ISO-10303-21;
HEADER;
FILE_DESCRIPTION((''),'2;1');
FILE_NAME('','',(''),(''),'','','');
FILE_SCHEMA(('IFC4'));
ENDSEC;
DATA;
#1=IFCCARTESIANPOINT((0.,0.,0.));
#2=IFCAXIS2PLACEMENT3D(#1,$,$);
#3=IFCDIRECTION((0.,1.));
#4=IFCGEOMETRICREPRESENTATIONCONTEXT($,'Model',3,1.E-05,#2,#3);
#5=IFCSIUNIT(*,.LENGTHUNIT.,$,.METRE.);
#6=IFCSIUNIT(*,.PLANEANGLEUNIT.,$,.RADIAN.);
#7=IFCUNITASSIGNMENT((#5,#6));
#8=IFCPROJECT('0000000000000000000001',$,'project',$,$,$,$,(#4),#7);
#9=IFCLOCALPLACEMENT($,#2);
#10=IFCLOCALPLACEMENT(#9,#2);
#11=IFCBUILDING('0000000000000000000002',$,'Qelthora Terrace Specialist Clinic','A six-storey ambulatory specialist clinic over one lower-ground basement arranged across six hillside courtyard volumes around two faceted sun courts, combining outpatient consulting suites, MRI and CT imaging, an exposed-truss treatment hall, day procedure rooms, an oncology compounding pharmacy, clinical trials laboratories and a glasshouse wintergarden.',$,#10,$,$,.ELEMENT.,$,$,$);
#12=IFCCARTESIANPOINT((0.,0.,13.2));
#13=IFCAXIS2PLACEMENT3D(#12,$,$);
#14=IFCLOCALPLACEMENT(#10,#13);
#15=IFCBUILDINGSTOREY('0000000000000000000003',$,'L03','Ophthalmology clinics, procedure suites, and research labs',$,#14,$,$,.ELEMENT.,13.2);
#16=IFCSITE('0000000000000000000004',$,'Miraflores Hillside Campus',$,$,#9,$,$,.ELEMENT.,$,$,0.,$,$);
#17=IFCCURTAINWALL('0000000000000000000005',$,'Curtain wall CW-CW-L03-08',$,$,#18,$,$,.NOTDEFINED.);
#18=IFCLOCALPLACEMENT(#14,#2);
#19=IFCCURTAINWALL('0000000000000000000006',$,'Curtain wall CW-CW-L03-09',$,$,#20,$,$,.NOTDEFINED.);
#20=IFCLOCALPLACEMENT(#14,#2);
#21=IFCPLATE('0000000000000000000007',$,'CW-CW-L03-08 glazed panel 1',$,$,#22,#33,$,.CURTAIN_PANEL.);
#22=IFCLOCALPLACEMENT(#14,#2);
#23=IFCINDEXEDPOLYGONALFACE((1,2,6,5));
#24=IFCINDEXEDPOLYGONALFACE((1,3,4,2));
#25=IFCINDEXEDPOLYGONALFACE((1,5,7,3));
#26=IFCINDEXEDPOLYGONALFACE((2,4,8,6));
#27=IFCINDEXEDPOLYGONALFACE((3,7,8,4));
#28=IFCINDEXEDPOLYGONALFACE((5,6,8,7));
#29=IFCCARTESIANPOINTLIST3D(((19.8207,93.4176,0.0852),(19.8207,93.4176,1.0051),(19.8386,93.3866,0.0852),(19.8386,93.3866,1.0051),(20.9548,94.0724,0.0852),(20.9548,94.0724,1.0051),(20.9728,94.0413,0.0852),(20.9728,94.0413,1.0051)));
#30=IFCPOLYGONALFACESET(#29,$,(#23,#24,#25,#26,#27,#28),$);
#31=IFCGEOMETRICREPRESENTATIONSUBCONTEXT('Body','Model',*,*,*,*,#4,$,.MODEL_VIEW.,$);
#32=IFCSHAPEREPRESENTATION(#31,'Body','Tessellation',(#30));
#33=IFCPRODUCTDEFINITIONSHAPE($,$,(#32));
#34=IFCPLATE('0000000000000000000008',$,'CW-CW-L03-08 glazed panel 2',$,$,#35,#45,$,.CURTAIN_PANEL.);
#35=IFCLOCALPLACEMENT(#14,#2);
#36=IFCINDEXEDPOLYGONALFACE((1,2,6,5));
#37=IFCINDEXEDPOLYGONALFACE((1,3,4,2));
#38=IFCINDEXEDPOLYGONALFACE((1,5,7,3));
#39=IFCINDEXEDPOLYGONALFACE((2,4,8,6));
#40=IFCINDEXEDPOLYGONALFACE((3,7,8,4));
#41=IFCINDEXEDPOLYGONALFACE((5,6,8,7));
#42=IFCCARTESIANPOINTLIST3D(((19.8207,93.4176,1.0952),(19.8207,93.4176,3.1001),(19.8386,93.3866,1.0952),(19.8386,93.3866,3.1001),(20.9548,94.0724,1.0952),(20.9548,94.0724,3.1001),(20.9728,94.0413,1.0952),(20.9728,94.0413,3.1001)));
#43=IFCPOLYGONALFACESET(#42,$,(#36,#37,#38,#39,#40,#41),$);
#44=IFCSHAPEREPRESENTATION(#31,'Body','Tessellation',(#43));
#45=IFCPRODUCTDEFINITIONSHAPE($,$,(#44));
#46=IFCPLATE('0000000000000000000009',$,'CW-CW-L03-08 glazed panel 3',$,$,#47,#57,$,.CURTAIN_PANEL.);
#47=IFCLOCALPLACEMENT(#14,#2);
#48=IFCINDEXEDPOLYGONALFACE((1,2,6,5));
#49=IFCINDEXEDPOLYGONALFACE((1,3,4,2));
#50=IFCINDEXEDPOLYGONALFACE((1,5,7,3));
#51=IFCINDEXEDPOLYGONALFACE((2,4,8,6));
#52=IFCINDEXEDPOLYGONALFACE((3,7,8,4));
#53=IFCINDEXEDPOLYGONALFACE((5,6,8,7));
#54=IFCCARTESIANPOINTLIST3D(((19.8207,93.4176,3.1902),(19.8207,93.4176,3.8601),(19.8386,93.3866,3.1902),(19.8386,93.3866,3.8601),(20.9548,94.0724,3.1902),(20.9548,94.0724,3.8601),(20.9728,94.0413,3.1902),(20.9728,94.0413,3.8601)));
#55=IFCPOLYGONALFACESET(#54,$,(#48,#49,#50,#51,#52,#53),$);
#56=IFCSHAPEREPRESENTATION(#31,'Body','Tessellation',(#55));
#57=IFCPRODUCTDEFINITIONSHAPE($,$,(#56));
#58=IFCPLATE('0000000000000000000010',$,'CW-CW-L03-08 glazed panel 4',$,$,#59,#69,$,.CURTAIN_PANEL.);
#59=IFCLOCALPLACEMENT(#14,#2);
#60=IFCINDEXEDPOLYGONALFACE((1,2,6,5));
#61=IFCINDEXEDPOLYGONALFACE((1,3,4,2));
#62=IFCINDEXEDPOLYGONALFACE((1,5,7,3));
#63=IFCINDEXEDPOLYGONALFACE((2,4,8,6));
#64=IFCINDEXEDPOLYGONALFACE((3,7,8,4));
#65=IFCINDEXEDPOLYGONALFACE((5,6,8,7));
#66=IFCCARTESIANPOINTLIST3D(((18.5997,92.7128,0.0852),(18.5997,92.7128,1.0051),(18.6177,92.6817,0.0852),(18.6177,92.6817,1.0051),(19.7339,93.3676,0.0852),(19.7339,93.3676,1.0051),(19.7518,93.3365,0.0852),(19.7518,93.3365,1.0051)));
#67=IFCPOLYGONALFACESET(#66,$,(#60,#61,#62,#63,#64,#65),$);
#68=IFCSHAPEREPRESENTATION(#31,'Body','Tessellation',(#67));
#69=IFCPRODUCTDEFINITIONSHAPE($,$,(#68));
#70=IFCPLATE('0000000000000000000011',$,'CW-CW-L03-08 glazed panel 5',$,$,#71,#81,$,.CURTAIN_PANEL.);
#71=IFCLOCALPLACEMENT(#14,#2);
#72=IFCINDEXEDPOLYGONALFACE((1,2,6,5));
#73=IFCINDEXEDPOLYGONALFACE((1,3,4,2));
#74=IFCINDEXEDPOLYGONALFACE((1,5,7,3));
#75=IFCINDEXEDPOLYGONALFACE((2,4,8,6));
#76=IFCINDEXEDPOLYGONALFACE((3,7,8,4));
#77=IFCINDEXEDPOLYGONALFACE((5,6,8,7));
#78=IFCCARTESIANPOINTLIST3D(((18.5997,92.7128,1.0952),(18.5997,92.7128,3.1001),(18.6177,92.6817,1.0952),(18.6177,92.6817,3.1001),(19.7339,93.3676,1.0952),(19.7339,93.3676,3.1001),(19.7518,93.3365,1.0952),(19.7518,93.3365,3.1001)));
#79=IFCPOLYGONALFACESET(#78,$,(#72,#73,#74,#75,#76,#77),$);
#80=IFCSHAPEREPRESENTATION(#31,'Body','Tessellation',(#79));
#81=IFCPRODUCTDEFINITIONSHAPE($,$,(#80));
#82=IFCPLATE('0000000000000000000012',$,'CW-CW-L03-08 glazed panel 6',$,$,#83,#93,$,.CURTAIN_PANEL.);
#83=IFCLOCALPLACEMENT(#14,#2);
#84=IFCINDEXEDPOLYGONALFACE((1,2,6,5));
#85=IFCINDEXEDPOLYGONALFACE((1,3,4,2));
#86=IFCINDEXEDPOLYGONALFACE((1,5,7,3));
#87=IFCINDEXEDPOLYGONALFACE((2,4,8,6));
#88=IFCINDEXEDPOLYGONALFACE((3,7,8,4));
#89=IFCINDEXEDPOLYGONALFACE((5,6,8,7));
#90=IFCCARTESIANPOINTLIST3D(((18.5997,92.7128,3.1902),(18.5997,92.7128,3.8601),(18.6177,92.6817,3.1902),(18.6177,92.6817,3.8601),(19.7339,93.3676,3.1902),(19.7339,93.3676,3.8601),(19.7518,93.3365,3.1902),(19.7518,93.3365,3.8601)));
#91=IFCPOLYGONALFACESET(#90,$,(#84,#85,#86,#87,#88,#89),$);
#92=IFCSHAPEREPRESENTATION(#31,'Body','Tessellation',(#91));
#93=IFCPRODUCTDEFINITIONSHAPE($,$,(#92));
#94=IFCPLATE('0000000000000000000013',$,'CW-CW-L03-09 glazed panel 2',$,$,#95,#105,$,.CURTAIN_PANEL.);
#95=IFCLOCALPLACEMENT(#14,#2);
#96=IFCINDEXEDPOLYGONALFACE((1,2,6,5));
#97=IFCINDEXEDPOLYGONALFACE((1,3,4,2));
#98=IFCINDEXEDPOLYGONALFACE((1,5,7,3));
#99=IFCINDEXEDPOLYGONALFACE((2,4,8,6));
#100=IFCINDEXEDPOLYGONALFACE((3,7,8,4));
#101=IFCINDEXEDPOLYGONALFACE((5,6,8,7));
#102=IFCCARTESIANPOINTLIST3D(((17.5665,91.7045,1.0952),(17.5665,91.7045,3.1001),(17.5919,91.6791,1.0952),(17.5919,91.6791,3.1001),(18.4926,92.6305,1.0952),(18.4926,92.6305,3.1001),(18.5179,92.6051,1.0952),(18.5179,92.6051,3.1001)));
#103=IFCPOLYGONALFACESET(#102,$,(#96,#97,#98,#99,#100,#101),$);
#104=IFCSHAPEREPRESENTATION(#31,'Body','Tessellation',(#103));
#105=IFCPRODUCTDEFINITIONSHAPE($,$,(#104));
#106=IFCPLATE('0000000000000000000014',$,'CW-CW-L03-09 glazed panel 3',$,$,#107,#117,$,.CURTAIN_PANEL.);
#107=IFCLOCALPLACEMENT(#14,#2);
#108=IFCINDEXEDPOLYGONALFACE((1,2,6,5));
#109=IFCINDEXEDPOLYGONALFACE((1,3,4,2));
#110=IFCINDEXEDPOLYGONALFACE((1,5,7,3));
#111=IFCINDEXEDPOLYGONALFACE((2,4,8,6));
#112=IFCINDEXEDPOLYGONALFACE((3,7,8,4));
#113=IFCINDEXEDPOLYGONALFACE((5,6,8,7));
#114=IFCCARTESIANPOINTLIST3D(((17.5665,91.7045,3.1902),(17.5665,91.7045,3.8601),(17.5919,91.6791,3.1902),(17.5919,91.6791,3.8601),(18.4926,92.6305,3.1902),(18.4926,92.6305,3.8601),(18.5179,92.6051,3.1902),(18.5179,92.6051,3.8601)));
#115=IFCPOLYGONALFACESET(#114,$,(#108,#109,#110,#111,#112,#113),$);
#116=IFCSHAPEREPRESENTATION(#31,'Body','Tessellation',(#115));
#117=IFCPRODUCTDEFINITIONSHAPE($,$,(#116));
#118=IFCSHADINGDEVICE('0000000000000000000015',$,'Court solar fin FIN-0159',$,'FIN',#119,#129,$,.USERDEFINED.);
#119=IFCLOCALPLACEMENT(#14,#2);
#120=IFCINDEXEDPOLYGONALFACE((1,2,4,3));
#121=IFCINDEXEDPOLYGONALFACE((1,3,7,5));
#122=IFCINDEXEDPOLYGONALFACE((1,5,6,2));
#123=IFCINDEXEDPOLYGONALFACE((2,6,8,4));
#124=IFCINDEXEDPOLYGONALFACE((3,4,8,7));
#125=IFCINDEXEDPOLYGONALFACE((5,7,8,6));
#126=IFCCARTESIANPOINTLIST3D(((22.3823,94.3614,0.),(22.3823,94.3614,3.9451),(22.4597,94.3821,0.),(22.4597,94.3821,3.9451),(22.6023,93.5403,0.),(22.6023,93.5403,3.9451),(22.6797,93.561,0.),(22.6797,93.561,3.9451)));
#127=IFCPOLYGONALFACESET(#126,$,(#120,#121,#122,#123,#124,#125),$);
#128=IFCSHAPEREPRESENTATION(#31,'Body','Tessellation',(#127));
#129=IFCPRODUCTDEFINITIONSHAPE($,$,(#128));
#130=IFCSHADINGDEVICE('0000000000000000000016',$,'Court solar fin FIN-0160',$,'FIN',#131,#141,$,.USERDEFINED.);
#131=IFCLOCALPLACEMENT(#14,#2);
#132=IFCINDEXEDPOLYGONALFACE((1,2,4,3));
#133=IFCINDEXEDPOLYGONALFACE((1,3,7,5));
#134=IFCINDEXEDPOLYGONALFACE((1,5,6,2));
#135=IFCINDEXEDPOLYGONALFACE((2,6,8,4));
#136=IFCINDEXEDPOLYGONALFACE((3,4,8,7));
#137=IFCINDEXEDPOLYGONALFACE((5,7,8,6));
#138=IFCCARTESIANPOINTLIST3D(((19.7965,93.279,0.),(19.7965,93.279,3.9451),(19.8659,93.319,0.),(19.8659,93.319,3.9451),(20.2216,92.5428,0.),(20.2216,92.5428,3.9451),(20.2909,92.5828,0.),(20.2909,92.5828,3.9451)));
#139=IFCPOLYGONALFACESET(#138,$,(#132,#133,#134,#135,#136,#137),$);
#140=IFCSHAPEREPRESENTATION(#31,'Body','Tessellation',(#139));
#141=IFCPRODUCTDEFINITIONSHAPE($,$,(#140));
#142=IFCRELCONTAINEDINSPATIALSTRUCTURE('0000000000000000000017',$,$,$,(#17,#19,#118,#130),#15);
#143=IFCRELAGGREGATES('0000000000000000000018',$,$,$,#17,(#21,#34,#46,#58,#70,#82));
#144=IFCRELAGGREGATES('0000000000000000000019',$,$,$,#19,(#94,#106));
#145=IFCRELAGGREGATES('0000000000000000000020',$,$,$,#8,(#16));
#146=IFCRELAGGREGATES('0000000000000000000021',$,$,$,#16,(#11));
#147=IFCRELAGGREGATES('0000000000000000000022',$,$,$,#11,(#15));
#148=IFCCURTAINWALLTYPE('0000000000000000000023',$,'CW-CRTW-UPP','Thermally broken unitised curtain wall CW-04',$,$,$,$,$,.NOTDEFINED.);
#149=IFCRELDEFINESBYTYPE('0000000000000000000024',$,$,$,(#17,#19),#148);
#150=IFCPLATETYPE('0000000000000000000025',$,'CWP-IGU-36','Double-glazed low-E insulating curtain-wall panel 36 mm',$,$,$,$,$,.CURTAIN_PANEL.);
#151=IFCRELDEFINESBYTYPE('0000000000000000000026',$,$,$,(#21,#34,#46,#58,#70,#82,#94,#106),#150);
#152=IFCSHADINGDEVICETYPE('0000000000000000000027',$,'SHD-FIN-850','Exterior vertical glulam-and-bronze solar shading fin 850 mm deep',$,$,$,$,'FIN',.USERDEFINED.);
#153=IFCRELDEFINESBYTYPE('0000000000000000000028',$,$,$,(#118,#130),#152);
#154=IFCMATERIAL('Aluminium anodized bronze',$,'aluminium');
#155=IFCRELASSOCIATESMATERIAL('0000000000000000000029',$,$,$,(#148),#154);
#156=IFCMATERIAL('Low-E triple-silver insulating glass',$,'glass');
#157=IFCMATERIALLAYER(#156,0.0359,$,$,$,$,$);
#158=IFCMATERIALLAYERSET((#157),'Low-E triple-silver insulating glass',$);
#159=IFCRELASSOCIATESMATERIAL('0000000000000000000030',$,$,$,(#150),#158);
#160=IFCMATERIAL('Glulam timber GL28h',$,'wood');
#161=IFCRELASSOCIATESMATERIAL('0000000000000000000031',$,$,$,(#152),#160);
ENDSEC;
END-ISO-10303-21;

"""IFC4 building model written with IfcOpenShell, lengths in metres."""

from ifc_helpers import new_model, si_unit, direction, frame, origin, origin_2d, place, context, subcontext, project, spatial, rectangle, extrude, material, layer, layer_set, type_object, element, aggregate, save


model = new_model("IFC4")

# Units and contexts
model_context = context("Model", 3, precision=1e-05, world=origin(), true_north=direction((0.0, 1.0)))
body_context = subcontext(model_context, "Body", "Model", "MODEL_VIEW")
ifc_project = project(units=[si_unit("LENGTHUNIT", "METRE"), si_unit("PLANEANGLEUNIT", "RADIAN")], contexts=[model_context])

# Site, building, storey
site_placement = place(None, origin())
site = spatial("IfcSite", under=ifc_project, at=site_placement, Name="Miraflores Hillside Campus", CompositionType="ELEMENT", RefElevation=0.0)
building_placement = place(site_placement, origin())
building = spatial("IfcBuilding", under=site, at=building_placement, Name="Qelthora Terrace Specialist Clinic", Description="A six-storey ambulatory specialist clinic over one lower-ground basement arranged across six hillside courtyard volumes around two faceted sun courts, combining outpatient consulting suites, MRI and CT imaging, an exposed-truss treatment hall, day procedure rooms, an oncology compounding pharmacy, clinical trials laboratories and a glasshouse wintergarden.", CompositionType="ELEMENT")
storey_placement = place(building_placement, frame((0.0, 0.0, 13.2)))
storey = spatial("IfcBuildingStorey", under=building, at=storey_placement, Name="L03", Description="Ophthalmology clinics, procedure suites, and research labs", CompositionType="ELEMENT", Elevation=13.2)

# Shared definitions
ifc_material_1 = material(Name="Aluminium anodized bronze", Category="aluminium")
curtain_wall_type = type_object("IfcCurtainWallType", Name="CW-CRTW-UPP", Description="Thermally broken unitised curtain wall CW-04", PredefinedType="NOTDEFINED", material=ifc_material_1)

# Curtain wall
curtain_wall_1_placement = place(storey_placement, origin())
curtain_wall_1 = element("IfcCurtainWall", 1, at=curtain_wall_1_placement, inside=storey, type_object=curtain_wall_type, Name="Curtain wall CW-CW-L03-08", PredefinedType="NOTDEFINED")

# Curtain wall
curtain_wall_2_placement = place(storey_placement, origin())
curtain_wall_2 = element("IfcCurtainWall", 2, at=curtain_wall_2_placement, inside=storey, type_object=curtain_wall_type, Name="Curtain wall CW-CW-L03-09", PredefinedType="NOTDEFINED")

# Plates
ifc_material_2 = material(Name="Low-E triple-silver insulating glass", Category="glass")
ifc_layer = layer(ifc_material_2, 0.0359)
ifc_layer_set = layer_set([ifc_layer], Name="Low-E triple-silver insulating glass")
plate_type = type_object("IfcPlateType", Name="CWP-IGU-36", Description="Double-glazed low-E insulating curtain-wall panel 36 mm", PredefinedType="CURTAIN_PANEL", material=ifc_layer_set)
plate_1_placement = place(storey_placement, frame((20.3967, 93.7295, 0.0852), z_axis=(0.0, 0.0, 1.0), x_axis=(-0.866025, -0.5, 0.0)))
plate_1 = element("IfcPlate", 3, at=plate_1_placement, type_object=plate_type, Name="CW-CW-L03-08 glazed panel 1", PredefinedType="CURTAIN_PANEL", context=body_context, shape_type="SweptSolid", body=[
    extrude(rectangle(XDim=1.3096, YDim=0.0359, at=origin_2d()), origin(), (0.0, 0.0, 1.0), 0.9199),
])
plate_2_placement = place(storey_placement, frame((20.3967, 93.7295, 1.0952), z_axis=(0.0, 0.0, 1.0), x_axis=(-0.866025, -0.5, 0.0)))
plate_2 = element("IfcPlate", 4, at=plate_2_placement, type_object=plate_type, Name="CW-CW-L03-08 glazed panel 2", PredefinedType="CURTAIN_PANEL", context=body_context, shape_type="SweptSolid", body=[
    extrude(rectangle(XDim=1.3096, YDim=0.0359, at=origin_2d()), origin(), (0.0, 0.0, 1.0), 2.0049),
])
plate_3_placement = place(storey_placement, frame((20.3967, 93.7295, 3.1902), z_axis=(0.0, 0.0, 1.0), x_axis=(-0.866025, -0.5, 0.0)))
plate_3 = element("IfcPlate", 5, at=plate_3_placement, type_object=plate_type, Name="CW-CW-L03-08 glazed panel 3", PredefinedType="CURTAIN_PANEL", context=body_context, shape_type="SweptSolid", body=[
    extrude(rectangle(XDim=1.3096, YDim=0.0359, at=origin_2d()), origin(), (0.0, 0.0, 1.0), 0.6699),
])
plate_4_placement = place(storey_placement, frame((19.1758, 93.0247, 0.0852), z_axis=(0.0, 0.0, 1.0), x_axis=(-0.866025, -0.5, 0.0)))
plate_4 = element("IfcPlate", 6, at=plate_4_placement, type_object=plate_type, Name="CW-CW-L03-08 glazed panel 4", PredefinedType="CURTAIN_PANEL", context=body_context, shape_type="SweptSolid", body=[
    extrude(rectangle(XDim=1.3096, YDim=0.0359, at=origin_2d()), origin(), (0.0, 0.0, 1.0), 0.9199),
])
plate_5_placement = place(storey_placement, frame((19.1758, 93.0247, 1.0952), z_axis=(0.0, 0.0, 1.0), x_axis=(-0.866025, -0.5, 0.0)))
plate_5 = element("IfcPlate", 7, at=plate_5_placement, type_object=plate_type, Name="CW-CW-L03-08 glazed panel 5", PredefinedType="CURTAIN_PANEL", context=body_context, shape_type="SweptSolid", body=[
    extrude(rectangle(XDim=1.3096, YDim=0.0359, at=origin_2d()), origin(), (0.0, 0.0, 1.0), 2.0049),
])
plate_6_placement = place(storey_placement, frame((19.1758, 93.0247, 3.1902), z_axis=(0.0, 0.0, 1.0), x_axis=(-0.866025, -0.5, 0.0)))
plate_6 = element("IfcPlate", 8, at=plate_6_placement, type_object=plate_type, Name="CW-CW-L03-08 glazed panel 6", PredefinedType="CURTAIN_PANEL", context=body_context, shape_type="SweptSolid", body=[
    extrude(rectangle(XDim=1.3096, YDim=0.0359, at=origin_2d()), origin(), (0.0, 0.0, 1.0), 0.6699),
])
aggregate(curtain_wall_1, [plate_1, plate_2, plate_3, plate_4, plate_5, plate_6])
plate_7_placement = place(storey_placement, frame((18.0422, 92.1548, 1.0952), z_axis=(0.0, 0.0, 1.0), x_axis=(-0.707107, -0.707107, 0.0)))
plate_7 = element("IfcPlate", 9, at=plate_7_placement, type_object=plate_type, Name="CW-CW-L03-09 glazed panel 2", PredefinedType="CURTAIN_PANEL", context=body_context, shape_type="SweptSolid", body=[
    extrude(rectangle(XDim=1.3096, YDim=0.0359, at=origin_2d()), origin(), (0.0, 0.0, 1.0), 2.0049),
])
plate_8_placement = place(storey_placement, frame((18.0422, 92.1548, 3.1902), z_axis=(0.0, 0.0, 1.0), x_axis=(-0.707107, -0.707107, 0.0)))
plate_8 = element("IfcPlate", 10, at=plate_8_placement, type_object=plate_type, Name="CW-CW-L03-09 glazed panel 3", PredefinedType="CURTAIN_PANEL", context=body_context, shape_type="SweptSolid", body=[
    extrude(rectangle(XDim=1.3096, YDim=0.0359, at=origin_2d()), origin(), (0.0, 0.0, 1.0), 0.6699),
])
aggregate(curtain_wall_2, [plate_7, plate_8])

# Shading devices
ifc_material_3 = material(Name="Glulam timber GL28h", Category="wood")
shading_device_type = type_object("IfcShadingDeviceType", Name="SHD-FIN-850", Description="Exterior vertical glulam-and-bronze solar shading fin 850 mm deep", ElementType="FIN", PredefinedType="USERDEFINED", material=ifc_material_3)
for number, where, z_axis, x_axis, name in (
    (11, (22.531, 93.9612, 0.0), (0.0, 0.0, 1.0), (0.258819, -0.965926, 0.0), "Court solar fin FIN-0159"),
    (12, (20.0437, 92.9309, 0.0), (0.0, 0.0, 1.0), (0.5, -0.866025, 0.0), "Court solar fin FIN-0160"),
):
    element("IfcShadingDevice", number, at=place(storey_placement, frame(where, z_axis=z_axis, x_axis=x_axis)), inside=storey, type_object=shading_device_type, Name=name, ObjectType="FIN", PredefinedType="USERDEFINED", context=body_context, shape_type="SweptSolid", body=[
        extrude(rectangle(XDim=0.8501, YDim=0.0801, at=origin_2d()), origin(), (0.0, 0.0, 1.0), 3.9451),
    ])

save(model, "model.ifc")
